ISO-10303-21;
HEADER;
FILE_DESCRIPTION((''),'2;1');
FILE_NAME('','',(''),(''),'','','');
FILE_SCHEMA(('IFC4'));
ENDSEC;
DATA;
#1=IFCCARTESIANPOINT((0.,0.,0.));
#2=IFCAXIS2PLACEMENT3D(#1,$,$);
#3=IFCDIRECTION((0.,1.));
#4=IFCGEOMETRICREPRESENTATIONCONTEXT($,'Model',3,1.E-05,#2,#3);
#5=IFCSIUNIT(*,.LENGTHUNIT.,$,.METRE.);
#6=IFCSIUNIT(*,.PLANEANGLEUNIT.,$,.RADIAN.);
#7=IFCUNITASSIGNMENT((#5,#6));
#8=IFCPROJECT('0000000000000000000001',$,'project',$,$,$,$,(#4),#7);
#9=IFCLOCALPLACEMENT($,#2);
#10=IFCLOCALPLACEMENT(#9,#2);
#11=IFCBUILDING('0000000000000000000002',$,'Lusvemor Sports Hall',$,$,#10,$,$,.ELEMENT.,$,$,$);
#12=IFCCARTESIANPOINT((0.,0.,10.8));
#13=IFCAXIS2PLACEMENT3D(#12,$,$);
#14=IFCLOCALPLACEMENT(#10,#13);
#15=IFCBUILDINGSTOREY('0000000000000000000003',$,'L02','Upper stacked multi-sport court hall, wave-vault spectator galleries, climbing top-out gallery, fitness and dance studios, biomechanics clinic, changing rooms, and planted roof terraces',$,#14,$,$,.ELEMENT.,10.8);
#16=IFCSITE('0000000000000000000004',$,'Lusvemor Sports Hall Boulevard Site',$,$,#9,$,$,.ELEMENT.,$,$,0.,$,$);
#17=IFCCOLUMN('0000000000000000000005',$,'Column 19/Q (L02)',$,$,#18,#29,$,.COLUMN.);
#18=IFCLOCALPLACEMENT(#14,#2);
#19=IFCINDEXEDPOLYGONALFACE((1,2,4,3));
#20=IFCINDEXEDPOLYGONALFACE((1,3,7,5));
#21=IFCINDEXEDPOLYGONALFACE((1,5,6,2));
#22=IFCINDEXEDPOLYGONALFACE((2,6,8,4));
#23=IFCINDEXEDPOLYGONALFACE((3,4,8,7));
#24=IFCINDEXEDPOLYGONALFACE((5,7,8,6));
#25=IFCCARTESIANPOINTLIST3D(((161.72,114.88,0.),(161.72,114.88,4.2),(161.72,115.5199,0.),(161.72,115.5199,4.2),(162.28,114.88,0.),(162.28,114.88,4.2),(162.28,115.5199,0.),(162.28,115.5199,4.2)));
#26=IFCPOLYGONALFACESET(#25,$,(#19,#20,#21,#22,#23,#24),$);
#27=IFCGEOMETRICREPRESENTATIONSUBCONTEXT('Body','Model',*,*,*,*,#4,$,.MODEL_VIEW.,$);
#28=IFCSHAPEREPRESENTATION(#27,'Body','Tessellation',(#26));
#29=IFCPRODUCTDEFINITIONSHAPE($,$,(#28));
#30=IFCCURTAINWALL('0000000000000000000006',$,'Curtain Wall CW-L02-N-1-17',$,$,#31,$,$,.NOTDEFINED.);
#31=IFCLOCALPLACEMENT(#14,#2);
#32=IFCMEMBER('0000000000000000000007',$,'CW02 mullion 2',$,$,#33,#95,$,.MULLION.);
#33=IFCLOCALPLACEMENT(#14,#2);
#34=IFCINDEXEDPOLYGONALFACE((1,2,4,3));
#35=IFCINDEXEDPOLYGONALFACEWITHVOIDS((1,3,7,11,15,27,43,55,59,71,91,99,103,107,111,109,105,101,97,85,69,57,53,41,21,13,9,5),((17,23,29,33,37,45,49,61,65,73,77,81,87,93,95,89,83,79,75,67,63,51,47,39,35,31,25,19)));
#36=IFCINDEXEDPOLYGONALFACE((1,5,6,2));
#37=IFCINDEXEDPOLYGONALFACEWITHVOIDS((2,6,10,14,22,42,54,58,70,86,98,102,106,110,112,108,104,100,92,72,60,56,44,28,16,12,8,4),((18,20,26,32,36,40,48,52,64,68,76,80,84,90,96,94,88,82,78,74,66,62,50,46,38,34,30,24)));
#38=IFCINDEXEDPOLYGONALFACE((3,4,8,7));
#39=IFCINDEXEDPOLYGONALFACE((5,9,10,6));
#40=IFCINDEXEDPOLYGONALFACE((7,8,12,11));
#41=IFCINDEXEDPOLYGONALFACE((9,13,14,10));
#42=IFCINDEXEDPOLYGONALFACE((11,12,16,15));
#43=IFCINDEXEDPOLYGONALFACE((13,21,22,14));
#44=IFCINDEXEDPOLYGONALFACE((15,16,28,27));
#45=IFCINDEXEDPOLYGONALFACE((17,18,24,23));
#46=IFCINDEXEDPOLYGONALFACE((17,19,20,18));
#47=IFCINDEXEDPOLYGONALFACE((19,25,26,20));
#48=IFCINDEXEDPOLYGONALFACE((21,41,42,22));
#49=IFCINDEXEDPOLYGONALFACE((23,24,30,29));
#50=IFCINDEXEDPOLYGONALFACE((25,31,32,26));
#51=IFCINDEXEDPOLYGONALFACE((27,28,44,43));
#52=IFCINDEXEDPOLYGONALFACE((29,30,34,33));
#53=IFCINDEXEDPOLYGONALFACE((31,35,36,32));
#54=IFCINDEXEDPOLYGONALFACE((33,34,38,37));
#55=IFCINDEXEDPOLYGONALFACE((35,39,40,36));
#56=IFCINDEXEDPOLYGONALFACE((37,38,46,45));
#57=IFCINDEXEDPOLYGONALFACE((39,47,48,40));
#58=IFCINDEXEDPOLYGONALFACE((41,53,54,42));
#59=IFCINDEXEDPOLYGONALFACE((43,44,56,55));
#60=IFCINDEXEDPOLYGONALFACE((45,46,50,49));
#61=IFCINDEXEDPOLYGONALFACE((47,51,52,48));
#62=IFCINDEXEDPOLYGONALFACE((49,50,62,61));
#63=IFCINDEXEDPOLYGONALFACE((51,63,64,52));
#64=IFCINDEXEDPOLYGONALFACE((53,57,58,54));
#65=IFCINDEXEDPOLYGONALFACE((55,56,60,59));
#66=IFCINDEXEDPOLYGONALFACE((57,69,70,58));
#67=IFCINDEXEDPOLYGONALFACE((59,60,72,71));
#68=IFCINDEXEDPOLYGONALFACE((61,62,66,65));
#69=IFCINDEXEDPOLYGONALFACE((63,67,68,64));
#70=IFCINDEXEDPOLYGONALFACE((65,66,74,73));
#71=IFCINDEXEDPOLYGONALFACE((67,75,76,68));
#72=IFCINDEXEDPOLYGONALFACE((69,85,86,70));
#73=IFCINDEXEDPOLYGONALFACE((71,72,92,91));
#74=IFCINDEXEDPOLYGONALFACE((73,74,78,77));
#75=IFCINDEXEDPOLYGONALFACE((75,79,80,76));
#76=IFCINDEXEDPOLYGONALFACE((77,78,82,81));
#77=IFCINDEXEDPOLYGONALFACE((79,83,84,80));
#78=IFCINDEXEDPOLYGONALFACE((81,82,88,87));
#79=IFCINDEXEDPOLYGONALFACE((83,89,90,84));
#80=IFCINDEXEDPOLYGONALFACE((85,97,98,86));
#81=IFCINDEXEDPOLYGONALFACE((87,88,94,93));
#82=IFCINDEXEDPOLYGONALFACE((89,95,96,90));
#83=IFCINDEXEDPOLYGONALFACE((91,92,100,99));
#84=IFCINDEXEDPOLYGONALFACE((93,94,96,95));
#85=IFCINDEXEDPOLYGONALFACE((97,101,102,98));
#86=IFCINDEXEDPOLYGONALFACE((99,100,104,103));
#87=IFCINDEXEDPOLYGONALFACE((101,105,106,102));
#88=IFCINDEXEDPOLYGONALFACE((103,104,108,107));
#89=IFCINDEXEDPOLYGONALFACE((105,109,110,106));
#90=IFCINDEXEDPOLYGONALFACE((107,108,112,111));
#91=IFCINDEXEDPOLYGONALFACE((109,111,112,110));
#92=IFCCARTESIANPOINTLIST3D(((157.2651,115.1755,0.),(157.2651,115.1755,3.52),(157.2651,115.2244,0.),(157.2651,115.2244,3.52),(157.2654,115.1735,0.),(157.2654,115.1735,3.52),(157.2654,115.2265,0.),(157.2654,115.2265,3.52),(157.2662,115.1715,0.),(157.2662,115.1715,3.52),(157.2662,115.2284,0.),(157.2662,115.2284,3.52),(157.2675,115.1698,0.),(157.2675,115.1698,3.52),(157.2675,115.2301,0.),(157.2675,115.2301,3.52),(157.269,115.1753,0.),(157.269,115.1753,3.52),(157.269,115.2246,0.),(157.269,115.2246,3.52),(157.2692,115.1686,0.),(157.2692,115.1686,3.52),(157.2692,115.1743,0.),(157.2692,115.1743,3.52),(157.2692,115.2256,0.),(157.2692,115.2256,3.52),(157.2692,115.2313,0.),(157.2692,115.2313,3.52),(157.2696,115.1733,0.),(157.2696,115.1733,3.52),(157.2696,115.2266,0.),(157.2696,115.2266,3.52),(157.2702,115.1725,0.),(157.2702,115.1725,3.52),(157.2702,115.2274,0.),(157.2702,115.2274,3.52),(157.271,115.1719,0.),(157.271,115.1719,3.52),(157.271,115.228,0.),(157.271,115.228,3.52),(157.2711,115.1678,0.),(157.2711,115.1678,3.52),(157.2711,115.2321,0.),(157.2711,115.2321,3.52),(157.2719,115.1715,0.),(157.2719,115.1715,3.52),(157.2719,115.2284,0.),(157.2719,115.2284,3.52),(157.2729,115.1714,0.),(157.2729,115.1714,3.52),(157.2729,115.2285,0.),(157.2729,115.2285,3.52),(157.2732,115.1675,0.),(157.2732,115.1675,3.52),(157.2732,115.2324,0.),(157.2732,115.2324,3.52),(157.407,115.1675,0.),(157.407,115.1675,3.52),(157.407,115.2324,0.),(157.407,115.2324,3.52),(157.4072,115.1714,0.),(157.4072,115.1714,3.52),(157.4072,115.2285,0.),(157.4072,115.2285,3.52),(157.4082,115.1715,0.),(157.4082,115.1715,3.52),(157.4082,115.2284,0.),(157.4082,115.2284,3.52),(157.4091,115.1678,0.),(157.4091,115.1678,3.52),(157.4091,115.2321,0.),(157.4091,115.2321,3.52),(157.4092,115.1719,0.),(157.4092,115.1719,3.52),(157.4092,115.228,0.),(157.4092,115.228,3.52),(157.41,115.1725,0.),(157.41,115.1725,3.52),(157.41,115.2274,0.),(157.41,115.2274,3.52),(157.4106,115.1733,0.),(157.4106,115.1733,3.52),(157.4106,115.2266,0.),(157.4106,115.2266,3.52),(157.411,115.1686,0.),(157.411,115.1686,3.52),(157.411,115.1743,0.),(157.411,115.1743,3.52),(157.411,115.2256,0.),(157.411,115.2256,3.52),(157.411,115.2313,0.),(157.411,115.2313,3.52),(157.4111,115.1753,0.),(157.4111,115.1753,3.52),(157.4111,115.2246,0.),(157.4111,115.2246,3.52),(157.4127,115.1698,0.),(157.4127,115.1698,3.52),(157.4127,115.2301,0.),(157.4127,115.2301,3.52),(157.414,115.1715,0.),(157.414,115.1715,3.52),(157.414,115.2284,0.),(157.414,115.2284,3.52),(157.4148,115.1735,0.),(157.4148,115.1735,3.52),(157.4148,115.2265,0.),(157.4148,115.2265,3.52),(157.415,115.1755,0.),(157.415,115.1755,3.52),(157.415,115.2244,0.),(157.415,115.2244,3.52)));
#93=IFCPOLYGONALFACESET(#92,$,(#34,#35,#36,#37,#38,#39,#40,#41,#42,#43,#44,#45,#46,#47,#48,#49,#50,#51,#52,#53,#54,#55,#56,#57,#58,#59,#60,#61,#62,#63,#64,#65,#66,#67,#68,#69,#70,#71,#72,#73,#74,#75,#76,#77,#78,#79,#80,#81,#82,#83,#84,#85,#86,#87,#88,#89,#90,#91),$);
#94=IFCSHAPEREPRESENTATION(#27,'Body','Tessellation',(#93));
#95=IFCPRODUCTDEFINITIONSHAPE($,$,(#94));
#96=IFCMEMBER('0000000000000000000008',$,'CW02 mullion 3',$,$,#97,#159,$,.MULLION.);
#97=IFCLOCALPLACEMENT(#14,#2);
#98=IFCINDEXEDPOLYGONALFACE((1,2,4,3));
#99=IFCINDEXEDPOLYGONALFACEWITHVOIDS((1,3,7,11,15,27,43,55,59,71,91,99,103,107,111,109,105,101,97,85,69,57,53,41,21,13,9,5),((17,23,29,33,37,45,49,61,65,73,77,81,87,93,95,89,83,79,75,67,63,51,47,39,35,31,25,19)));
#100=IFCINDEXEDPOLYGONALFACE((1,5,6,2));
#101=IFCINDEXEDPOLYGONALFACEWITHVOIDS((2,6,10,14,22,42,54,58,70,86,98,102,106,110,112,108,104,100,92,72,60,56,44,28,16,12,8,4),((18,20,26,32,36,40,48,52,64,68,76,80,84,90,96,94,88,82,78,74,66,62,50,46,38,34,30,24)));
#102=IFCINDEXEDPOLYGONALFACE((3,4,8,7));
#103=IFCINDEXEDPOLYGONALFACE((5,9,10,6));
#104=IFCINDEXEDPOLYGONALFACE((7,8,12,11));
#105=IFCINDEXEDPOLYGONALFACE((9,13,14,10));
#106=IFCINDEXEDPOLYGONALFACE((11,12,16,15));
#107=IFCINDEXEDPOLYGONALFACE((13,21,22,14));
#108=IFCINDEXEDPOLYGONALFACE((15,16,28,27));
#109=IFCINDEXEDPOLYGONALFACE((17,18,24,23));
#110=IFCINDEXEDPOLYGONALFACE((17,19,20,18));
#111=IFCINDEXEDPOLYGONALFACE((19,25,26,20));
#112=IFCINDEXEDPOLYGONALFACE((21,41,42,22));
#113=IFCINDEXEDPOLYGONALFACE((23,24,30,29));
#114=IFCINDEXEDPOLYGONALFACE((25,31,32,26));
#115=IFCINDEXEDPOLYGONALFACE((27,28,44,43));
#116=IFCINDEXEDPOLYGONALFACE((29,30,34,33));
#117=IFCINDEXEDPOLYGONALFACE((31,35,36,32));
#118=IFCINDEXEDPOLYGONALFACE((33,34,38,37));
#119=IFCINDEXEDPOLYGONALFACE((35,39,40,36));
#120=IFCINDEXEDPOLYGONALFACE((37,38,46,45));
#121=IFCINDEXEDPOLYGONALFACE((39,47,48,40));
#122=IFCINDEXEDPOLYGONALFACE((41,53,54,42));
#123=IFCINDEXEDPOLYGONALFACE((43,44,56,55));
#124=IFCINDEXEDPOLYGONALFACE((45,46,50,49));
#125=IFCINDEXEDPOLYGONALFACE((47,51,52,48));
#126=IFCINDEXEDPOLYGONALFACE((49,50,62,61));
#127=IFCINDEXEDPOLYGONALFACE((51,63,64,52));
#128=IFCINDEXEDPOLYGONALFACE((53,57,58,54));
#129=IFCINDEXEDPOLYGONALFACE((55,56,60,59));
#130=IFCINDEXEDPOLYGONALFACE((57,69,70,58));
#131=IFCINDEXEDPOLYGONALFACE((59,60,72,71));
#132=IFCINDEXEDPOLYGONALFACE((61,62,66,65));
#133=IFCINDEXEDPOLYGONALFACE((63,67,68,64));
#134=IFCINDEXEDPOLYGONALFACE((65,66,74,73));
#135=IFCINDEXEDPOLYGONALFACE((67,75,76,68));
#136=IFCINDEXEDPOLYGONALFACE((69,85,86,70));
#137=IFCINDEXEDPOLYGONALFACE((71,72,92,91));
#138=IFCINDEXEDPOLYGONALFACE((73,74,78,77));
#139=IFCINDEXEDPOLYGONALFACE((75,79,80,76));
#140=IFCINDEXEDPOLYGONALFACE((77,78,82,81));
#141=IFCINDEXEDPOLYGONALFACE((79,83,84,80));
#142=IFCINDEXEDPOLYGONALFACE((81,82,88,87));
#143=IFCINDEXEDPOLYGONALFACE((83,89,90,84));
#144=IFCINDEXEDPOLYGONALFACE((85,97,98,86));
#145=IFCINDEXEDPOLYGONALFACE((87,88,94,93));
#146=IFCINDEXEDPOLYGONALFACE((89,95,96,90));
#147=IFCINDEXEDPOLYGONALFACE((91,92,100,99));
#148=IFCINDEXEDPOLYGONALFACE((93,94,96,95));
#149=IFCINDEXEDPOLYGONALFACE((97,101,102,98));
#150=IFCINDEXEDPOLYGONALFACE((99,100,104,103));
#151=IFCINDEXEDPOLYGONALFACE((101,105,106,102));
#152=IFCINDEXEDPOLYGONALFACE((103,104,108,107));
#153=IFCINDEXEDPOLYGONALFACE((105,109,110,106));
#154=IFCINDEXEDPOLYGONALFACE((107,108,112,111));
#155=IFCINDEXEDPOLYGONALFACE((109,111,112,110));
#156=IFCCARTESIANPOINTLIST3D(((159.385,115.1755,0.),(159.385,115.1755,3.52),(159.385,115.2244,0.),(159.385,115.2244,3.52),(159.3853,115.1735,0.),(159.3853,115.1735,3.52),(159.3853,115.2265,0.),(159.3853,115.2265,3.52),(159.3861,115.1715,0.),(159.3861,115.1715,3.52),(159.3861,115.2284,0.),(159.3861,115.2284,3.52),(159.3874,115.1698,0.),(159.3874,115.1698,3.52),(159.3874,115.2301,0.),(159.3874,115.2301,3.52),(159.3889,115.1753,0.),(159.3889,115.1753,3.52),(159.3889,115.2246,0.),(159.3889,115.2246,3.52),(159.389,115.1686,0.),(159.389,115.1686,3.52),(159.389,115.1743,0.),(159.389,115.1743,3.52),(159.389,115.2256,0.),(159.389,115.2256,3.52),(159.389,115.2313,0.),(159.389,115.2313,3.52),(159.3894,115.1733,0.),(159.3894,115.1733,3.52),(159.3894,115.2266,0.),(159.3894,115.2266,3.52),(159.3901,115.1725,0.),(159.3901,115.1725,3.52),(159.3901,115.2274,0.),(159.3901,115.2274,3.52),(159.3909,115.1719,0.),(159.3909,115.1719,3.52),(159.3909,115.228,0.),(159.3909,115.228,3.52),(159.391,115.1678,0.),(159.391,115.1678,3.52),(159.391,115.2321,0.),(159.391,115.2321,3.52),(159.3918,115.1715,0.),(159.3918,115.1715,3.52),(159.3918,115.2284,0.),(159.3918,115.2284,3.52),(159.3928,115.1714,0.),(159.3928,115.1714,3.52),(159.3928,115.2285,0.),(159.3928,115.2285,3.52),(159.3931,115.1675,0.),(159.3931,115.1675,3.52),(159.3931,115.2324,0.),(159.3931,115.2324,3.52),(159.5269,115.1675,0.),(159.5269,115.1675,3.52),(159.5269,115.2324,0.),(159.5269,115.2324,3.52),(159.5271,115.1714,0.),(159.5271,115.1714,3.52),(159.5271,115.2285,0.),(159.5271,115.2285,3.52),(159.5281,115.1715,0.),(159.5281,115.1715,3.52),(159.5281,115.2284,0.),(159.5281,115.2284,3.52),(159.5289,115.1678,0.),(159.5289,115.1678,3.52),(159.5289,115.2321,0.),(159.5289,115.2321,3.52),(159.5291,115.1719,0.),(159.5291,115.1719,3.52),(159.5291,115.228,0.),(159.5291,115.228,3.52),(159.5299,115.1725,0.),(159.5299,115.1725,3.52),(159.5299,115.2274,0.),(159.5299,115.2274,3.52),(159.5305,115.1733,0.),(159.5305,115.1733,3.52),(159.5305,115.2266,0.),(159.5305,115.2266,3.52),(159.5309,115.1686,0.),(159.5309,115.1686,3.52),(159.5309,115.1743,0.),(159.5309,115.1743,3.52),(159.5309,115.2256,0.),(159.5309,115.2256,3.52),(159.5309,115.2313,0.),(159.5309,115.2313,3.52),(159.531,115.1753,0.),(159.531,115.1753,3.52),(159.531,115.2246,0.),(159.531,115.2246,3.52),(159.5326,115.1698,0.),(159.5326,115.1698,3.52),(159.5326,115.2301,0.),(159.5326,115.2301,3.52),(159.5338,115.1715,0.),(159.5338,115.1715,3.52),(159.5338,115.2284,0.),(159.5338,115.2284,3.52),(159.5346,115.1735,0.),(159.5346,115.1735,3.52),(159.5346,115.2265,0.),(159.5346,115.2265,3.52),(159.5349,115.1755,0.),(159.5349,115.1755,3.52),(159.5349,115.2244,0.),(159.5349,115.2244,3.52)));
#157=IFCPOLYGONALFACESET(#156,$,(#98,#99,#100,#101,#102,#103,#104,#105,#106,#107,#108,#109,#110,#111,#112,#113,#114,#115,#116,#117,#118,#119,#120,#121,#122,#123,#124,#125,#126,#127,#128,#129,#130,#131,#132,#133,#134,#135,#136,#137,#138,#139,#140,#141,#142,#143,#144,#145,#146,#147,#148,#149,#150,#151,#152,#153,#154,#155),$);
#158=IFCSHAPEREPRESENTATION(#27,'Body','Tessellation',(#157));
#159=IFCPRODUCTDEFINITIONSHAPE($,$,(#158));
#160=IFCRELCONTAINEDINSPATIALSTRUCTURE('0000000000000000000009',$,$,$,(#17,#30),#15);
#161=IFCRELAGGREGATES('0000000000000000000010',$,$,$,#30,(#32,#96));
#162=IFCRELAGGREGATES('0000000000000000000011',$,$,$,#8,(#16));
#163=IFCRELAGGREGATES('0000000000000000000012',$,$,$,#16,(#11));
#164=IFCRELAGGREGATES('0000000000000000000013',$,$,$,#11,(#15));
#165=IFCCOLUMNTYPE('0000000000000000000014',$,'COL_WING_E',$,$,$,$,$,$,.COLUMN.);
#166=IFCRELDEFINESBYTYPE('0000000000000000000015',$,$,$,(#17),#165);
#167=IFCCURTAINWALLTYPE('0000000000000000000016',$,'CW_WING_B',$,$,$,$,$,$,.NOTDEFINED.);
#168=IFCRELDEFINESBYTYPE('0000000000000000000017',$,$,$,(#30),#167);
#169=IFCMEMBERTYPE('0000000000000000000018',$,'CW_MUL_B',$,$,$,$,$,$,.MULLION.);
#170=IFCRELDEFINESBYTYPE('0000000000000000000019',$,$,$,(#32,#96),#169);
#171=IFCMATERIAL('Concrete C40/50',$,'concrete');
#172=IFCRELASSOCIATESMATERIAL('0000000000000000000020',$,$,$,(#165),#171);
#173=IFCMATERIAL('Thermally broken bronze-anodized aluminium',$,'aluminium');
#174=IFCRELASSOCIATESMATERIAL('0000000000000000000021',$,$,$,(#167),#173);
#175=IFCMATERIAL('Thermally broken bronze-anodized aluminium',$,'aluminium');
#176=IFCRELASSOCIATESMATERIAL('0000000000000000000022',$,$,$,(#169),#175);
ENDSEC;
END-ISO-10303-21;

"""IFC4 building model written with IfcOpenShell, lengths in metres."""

from ifc_helpers import new_model, si_unit, direction, frame, origin, origin_2d, place, context, subcontext, project, spatial, rectangle, hollow_rectangle, extrude, material, material_profile, profile_set, type_object, element, aggregate, save


model = new_model("IFC4")

# Units and contexts
model_context = context("Model", 3, precision=1e-05, world=origin(), true_north=direction((0.0, 1.0)))
body_context = subcontext(model_context, "Body", "Model", "MODEL_VIEW")
ifc_project = project(units=[si_unit("LENGTHUNIT", "METRE"), si_unit("PLANEANGLEUNIT", "RADIAN")], contexts=[model_context])

# Site, building, storey
site_placement = place(None, origin())
site = spatial("IfcSite", under=ifc_project, at=site_placement, Name="Lusvemor Sports Hall Boulevard Site", CompositionType="ELEMENT", RefElevation=0.0)
building_placement = place(site_placement, origin())
building = spatial("IfcBuilding", under=site, at=building_placement, Name="Lusvemor Sports Hall", CompositionType="ELEMENT")
storey_placement = place(building_placement, frame((0.0, 0.0, 10.8)))
storey = spatial("IfcBuildingStorey", under=building, at=storey_placement, Name="L02", Description="Upper stacked multi-sport court hall, wave-vault spectator galleries, climbing top-out gallery, fitness and dance studios, biomechanics clinic, changing rooms, and planted roof terraces", CompositionType="ELEMENT", Elevation=10.8)

# Column
ifc_material_1 = material(Name="Concrete C40/50", Category="concrete")
ifc_material_profile_1 = material_profile(ifc_material_1, rectangle(XDim=0.5601, YDim=0.6399, at=origin_2d()), Name="RC560x640")
ifc_profile_set_1 = profile_set([ifc_material_profile_1], Name="Concrete C40/50")
column_type = type_object("IfcColumnType", Name="COL_WING_E", PredefinedType="COLUMN", material=ifc_profile_set_1)
column_placement = place(storey_placement, frame((162.0, 115.2, 0.0), z_axis=(0.0, 0.0, 1.0), x_axis=(1.0, 0.0, 0.0)))
element("IfcColumn", 1, at=column_placement, inside=storey, type_object=column_type, Name="Column 19/Q (L02)", PredefinedType="COLUMN", context=body_context, shape_type="SweptSolid", body=[
    extrude(rectangle(XDim=0.5601, YDim=0.6399, at=origin_2d()), origin(), (0.0, 0.0, 1.0), 4.2),
])

# Curtain wall, members
ifc_material_2 = material(Name="Thermally broken bronze-anodized aluminium", Category="aluminium")
curtain_wall_type = type_object("IfcCurtainWallType", Name="CW_WING_B", PredefinedType="NOTDEFINED", material=ifc_material_2)
curtain_wall_placement = place(storey_placement, origin())
curtain_wall = element("IfcCurtainWall", 2, at=curtain_wall_placement, inside=storey, type_object=curtain_wall_type, Name="Curtain Wall CW-L02-N-1-17", PredefinedType="NOTDEFINED")
ifc_material_3 = material(Name="Thermally broken bronze-anodized aluminium", Category="aluminium")
ifc_material_profile_2 = material_profile(ifc_material_3, hollow_rectangle(XDim=0.0649, YDim=0.1499, WallThickness=0.0039, InnerFilletRadius=0.0039, OuterFilletRadius=0.0081, at=origin_2d()), Name="CWMUL150x65x4")
ifc_profile_set_2 = profile_set([ifc_material_profile_2], Name="Thermally broken bronze-anodized aluminium")
member_type_1 = type_object("IfcMemberType", Name="CW_MUL_B", PredefinedType="MULLION", material=ifc_profile_set_2)
member_1_placement = place(storey_placement, frame((157.3401, 115.2, 0.0), z_axis=(0.0, 0.0, 1.0), x_axis=(0.0, 1.0, 0.0)))
member_1 = element("IfcMember", 3, at=member_1_placement, type_object=member_type_1, Name="CW02 mullion 2", PredefinedType="MULLION", context=body_context, shape_type="SweptSolid", body=[
    extrude(hollow_rectangle(XDim=0.0649, YDim=0.1499, WallThickness=0.0039, InnerFilletRadius=0.0039, OuterFilletRadius=0.0081, at=origin_2d()), origin(), (0.0, 0.0, 1.0), 3.52),
])
member_2_placement = place(storey_placement, frame((159.46, 115.2, 0.0), z_axis=(0.0, 0.0, 1.0), x_axis=(0.0, 1.0, 0.0)))
member_2 = element("IfcMember", 4, at=member_2_placement, type_object=member_type_1, Name="CW02 mullion 3", PredefinedType="MULLION", context=body_context, shape_type="SweptSolid", body=[
    extrude(hollow_rectangle(XDim=0.0649, YDim=0.1499, WallThickness=0.0039, InnerFilletRadius=0.0039, OuterFilletRadius=0.0081, at=origin_2d()), origin(), (0.0, 0.0, 1.0), 3.52),
])
aggregate(curtain_wall, [member_1, member_2])

save(model, "model.ifc")
